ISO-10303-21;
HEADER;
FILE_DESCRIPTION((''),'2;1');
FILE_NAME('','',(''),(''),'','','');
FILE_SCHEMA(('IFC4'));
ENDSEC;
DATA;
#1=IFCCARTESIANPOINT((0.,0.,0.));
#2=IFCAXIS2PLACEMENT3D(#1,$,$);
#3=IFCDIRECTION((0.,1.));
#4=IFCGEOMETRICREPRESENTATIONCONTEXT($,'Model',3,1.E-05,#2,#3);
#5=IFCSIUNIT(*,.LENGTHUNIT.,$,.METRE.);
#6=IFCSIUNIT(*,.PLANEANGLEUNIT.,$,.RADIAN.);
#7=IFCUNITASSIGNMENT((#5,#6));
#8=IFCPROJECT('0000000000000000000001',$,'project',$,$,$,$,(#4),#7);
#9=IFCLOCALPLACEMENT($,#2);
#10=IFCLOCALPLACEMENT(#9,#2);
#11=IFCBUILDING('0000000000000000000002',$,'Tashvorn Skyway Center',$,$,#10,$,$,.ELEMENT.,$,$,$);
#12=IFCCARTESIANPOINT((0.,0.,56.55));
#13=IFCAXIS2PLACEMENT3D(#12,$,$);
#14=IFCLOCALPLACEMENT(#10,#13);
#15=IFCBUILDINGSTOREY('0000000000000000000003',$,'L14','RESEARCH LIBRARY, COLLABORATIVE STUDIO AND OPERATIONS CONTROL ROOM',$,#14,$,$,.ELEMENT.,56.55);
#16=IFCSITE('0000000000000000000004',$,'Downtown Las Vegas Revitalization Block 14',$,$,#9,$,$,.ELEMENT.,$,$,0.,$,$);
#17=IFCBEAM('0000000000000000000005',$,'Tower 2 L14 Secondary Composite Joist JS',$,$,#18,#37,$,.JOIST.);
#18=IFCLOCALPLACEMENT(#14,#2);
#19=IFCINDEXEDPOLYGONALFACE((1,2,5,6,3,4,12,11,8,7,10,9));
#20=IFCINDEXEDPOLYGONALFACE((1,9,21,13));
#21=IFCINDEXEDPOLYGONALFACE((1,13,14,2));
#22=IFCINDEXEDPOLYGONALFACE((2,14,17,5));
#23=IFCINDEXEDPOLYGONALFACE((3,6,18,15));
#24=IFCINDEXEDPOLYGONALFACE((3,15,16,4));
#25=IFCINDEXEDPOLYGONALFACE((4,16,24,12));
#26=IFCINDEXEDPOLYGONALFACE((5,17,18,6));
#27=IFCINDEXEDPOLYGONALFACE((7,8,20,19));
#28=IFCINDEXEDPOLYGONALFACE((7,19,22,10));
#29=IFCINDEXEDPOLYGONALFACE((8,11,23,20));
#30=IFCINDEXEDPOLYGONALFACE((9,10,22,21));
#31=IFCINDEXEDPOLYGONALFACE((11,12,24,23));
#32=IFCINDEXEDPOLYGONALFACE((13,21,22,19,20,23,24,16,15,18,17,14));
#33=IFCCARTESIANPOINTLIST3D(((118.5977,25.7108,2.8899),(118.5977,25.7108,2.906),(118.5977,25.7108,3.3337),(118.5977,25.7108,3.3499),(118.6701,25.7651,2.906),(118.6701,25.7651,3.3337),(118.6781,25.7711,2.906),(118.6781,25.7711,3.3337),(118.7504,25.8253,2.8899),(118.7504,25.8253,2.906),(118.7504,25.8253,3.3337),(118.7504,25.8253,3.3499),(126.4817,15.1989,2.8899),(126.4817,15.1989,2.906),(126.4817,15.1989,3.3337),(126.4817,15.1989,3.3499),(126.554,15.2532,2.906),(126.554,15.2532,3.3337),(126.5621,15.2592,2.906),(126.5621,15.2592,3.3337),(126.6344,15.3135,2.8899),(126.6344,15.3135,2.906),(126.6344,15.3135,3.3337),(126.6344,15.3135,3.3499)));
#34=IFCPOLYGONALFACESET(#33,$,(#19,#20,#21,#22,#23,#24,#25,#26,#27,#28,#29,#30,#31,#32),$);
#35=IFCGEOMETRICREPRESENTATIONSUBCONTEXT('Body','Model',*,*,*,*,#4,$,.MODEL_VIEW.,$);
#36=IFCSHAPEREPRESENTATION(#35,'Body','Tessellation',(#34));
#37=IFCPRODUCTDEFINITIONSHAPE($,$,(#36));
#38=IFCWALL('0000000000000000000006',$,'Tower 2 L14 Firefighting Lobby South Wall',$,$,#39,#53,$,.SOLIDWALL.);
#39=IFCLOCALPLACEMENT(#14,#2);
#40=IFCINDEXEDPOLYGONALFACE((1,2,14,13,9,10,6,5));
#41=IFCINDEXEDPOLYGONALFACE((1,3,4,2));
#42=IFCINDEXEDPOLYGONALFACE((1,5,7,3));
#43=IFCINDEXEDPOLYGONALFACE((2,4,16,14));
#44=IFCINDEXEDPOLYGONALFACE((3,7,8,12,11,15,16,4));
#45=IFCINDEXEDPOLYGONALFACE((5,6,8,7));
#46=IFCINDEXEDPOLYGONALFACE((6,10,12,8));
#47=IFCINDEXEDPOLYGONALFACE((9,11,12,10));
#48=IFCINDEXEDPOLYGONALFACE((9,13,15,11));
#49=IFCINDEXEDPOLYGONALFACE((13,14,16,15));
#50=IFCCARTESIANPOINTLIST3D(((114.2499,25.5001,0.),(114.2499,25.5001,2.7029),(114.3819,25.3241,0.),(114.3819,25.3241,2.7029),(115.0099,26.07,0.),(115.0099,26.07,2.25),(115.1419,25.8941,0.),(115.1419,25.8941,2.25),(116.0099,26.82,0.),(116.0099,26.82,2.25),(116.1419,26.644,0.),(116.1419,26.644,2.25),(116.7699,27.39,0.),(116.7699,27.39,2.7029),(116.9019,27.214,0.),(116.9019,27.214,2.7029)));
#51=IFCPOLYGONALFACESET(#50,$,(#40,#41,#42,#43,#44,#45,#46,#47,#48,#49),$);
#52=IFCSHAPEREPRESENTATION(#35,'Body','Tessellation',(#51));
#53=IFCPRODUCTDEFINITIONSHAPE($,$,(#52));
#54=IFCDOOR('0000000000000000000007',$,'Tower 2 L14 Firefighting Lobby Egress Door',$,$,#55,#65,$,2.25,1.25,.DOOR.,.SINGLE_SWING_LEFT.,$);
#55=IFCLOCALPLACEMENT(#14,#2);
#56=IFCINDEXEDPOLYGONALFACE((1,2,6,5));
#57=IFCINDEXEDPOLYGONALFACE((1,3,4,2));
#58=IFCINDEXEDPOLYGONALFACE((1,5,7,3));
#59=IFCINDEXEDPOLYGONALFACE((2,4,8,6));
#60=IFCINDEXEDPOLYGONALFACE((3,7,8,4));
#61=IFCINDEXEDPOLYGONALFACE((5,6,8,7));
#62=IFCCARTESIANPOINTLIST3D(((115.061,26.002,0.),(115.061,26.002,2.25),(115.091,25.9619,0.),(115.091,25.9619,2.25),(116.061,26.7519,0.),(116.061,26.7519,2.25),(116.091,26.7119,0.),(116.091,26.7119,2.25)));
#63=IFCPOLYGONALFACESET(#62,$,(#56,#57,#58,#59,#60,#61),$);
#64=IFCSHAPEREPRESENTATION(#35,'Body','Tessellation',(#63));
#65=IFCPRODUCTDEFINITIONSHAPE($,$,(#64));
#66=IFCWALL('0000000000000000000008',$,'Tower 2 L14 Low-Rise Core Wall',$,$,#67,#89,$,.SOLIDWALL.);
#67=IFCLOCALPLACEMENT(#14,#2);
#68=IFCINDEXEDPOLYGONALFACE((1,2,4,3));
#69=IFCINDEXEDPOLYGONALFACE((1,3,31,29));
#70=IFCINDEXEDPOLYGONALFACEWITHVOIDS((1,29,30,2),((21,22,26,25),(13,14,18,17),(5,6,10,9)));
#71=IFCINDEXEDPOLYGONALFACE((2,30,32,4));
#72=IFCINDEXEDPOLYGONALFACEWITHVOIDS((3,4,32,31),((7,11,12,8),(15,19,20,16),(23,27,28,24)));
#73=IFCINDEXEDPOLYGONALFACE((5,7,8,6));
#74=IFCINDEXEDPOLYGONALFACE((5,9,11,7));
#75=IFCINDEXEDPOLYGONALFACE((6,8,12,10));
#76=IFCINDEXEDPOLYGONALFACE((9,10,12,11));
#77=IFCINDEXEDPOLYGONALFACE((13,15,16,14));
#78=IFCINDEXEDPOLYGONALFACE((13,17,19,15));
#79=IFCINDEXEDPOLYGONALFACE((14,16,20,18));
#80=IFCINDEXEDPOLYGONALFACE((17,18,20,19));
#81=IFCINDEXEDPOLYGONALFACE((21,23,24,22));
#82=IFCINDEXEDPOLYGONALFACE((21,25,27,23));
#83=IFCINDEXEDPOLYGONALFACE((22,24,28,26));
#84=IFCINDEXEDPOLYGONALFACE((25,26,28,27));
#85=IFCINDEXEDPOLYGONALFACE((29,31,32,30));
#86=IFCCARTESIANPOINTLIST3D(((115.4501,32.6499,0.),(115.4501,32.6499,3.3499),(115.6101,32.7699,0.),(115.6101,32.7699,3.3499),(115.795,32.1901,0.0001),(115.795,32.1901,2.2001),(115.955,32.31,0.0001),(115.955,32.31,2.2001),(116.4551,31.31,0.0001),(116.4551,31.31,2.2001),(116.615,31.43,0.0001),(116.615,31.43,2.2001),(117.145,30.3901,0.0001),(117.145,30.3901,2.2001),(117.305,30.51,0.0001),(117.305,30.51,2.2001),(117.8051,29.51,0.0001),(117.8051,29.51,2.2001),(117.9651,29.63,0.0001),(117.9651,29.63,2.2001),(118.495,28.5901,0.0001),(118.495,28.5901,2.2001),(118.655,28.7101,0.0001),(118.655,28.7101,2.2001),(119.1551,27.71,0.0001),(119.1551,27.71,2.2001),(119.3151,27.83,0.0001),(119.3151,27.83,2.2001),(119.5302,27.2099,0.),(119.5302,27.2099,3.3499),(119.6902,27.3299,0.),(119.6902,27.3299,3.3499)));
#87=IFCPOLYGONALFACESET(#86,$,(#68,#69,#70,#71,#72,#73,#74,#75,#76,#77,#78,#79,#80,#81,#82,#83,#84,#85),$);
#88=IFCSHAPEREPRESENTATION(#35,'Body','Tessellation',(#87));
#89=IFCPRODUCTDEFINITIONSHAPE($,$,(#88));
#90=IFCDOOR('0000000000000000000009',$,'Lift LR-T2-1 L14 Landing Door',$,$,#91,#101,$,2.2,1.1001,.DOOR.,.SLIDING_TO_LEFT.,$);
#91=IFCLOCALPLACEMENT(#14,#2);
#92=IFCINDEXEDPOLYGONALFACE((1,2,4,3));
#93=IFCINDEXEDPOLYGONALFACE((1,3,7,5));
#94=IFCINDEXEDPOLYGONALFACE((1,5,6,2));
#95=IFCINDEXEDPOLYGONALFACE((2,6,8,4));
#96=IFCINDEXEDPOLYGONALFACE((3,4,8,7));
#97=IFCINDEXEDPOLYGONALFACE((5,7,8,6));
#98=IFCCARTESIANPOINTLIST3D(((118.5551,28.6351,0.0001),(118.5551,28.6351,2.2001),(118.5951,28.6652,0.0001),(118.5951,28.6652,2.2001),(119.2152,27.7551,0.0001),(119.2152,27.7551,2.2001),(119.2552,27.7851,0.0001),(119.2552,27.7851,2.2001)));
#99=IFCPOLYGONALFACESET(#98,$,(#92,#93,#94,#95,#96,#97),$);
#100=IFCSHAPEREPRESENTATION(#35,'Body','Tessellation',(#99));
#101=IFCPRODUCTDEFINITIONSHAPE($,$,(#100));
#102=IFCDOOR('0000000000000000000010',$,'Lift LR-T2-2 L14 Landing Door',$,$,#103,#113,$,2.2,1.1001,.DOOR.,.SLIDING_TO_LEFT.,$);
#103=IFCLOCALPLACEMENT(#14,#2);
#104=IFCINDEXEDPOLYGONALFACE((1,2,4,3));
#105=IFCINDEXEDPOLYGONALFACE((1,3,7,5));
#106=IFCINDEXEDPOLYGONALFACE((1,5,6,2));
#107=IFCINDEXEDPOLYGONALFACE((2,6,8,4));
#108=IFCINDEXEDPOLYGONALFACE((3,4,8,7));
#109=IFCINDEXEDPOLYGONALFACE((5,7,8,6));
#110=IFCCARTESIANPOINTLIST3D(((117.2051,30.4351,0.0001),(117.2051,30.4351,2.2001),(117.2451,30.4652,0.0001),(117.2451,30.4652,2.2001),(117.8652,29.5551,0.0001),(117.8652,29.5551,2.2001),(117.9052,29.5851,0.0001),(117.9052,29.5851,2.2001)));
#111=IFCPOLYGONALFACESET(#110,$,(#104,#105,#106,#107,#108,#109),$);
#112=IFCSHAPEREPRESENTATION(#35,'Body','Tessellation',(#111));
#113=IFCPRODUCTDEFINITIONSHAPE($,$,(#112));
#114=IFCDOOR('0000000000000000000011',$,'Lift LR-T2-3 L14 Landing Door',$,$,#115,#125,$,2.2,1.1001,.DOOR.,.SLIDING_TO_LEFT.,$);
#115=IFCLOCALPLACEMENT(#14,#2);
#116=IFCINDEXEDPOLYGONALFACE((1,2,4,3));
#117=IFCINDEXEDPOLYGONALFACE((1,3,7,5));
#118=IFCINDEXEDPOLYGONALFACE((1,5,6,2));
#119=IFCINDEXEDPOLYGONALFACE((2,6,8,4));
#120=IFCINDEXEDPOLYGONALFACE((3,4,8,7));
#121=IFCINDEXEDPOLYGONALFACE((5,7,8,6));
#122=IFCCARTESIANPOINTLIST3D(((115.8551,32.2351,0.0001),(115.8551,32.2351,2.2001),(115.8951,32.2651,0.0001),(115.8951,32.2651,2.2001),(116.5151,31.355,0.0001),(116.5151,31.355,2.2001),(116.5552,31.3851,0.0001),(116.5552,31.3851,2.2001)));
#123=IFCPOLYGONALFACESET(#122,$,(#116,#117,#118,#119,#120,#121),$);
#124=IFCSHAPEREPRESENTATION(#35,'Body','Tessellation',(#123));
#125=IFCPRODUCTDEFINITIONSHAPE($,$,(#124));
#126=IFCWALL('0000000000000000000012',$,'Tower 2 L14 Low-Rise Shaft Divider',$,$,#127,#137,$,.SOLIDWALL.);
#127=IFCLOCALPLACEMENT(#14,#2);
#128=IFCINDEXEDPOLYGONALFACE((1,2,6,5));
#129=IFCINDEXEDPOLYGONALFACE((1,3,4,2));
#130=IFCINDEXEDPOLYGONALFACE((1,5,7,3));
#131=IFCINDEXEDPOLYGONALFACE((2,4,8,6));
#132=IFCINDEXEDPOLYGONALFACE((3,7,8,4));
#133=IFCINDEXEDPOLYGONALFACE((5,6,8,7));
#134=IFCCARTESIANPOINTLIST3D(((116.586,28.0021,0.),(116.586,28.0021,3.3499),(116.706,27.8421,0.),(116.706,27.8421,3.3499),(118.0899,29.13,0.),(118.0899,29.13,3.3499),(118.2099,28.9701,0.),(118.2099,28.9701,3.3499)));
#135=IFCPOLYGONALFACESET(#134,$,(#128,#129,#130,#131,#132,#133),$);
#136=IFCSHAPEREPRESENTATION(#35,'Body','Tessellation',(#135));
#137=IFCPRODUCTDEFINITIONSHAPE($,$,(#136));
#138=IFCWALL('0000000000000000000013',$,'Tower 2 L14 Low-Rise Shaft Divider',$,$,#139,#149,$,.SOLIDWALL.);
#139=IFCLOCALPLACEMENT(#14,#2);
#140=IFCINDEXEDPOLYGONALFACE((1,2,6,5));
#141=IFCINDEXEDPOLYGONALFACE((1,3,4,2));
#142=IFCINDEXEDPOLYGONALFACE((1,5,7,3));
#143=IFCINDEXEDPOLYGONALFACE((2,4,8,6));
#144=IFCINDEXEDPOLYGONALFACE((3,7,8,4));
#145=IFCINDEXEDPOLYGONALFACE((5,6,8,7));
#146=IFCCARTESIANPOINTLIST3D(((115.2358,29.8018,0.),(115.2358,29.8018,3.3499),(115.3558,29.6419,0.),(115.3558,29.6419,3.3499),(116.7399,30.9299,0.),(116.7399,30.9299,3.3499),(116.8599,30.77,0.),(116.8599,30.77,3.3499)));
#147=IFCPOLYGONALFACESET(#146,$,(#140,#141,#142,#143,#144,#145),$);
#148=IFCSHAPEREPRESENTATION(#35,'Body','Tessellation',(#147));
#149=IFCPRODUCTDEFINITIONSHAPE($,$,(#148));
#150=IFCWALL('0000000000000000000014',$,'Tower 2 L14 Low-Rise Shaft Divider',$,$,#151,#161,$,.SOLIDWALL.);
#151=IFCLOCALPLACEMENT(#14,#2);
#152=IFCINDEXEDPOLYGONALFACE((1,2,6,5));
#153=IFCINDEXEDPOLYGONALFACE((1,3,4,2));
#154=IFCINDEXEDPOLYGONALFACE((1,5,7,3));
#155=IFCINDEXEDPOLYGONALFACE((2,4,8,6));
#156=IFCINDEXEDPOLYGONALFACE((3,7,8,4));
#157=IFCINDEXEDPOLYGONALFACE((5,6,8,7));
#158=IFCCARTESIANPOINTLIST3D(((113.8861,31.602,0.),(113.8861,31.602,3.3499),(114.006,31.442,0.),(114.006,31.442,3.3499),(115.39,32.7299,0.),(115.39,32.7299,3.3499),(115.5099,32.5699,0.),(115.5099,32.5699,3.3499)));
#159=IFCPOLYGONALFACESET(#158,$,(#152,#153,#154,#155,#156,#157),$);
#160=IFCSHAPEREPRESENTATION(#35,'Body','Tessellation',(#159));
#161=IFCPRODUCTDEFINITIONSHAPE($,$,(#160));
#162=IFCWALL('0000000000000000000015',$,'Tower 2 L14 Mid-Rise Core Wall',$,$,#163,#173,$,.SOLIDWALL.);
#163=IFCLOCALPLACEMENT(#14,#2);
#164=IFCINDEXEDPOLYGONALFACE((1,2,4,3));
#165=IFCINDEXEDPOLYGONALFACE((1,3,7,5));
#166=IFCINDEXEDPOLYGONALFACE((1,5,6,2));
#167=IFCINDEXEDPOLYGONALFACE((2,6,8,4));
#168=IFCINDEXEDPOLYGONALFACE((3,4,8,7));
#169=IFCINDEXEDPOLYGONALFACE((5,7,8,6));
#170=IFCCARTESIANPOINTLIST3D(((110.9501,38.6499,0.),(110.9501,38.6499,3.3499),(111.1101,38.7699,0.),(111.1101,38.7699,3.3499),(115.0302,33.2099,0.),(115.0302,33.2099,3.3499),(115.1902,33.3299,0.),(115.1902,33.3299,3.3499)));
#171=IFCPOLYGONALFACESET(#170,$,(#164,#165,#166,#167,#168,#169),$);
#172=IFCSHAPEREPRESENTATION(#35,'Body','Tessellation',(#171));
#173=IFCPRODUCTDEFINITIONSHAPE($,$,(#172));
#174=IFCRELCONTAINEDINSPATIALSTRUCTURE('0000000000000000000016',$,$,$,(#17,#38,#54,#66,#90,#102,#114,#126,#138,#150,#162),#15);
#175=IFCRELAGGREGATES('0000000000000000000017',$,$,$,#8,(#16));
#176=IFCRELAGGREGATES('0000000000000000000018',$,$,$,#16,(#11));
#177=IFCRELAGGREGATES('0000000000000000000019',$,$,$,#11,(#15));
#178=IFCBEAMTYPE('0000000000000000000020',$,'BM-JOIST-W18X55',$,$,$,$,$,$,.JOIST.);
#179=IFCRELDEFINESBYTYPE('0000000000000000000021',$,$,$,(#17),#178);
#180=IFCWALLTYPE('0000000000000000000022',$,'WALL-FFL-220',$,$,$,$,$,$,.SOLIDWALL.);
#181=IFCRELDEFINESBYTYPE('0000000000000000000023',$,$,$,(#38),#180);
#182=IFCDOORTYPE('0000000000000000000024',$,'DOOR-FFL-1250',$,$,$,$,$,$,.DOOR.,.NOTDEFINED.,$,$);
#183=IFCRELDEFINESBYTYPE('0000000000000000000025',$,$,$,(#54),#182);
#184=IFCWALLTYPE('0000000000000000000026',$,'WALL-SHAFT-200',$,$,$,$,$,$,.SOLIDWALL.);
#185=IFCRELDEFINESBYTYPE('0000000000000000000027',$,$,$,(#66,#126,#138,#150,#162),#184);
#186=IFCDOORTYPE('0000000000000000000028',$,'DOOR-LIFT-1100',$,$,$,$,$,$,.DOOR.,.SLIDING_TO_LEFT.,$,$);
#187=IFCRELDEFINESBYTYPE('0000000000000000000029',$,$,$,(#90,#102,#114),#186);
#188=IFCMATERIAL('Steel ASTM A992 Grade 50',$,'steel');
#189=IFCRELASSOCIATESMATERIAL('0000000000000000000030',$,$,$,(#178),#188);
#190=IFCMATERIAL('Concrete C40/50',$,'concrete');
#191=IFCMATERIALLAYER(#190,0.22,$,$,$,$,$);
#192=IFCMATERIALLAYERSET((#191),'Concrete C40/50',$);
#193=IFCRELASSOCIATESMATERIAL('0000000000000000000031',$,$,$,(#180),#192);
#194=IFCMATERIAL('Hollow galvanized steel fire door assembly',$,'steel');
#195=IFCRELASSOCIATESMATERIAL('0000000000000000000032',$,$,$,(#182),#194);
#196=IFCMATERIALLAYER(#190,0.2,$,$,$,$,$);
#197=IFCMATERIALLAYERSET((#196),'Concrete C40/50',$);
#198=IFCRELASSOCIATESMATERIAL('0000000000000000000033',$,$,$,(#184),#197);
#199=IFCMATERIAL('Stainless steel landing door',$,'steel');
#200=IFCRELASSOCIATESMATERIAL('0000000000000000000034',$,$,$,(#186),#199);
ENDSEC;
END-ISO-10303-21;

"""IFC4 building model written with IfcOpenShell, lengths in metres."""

from ifc_helpers import new_model, si_unit, direction, frame, frame_2d, origin, origin_2d, place, context, subcontext, project, spatial, rectangle, i_section, extrude, material, layer, layer_set, material_profile, profile_set, type_object, element, fill, save


model = new_model("IFC4")

# Units and contexts
model_context = context("Model", 3, precision=1e-05, world=origin(), true_north=direction((0.0, 1.0)))
body_context = subcontext(model_context, "Body", "Model", "MODEL_VIEW")
ifc_project = project(units=[si_unit("LENGTHUNIT", "METRE"), si_unit("PLANEANGLEUNIT", "RADIAN")], contexts=[model_context])

# Site, building, storey
site_placement = place(None, origin())
site = spatial("IfcSite", under=ifc_project, at=site_placement, Name="Downtown Las Vegas Revitalization Block 14", CompositionType="ELEMENT", RefElevation=0.0)
building_placement = place(site_placement, origin())
building = spatial("IfcBuilding", under=site, at=building_placement, Name="Tashvorn Skyway Center", CompositionType="ELEMENT")
storey_placement = place(building_placement, frame((0.0, 0.0, 56.55)))
storey = spatial("IfcBuildingStorey", under=building, at=storey_placement, Name="L14", Description="RESEARCH LIBRARY, COLLABORATIVE STUDIO AND OPERATIONS CONTROL ROOM", CompositionType="ELEMENT", Elevation=56.55)

# Beam
ifc_material_1 = material(Name="Steel ASTM A992 Grade 50", Category="steel")
ifc_material_profile = material_profile(ifc_material_1, i_section(OverallWidth=0.1909, OverallDepth=0.46, WebThickness=0.01, FlangeThickness=0.0161, at=origin_2d()), Name="W18X55")
ifc_profile_set = profile_set([ifc_material_profile], Name="Steel ASTM A992 Grade 50")
beam_type = type_object("IfcBeamType", Name="BM-JOIST-W18X55", PredefinedType="JOIST", material=ifc_profile_set)
beam_placement = place(storey_placement, frame((118.6741, 25.7681, 3.1199), z_axis=(0.600003, -0.799998, 0.0), x_axis=(0.799998, 0.600003, 0.0)))
element("IfcBeam", 1, at=beam_placement, inside=storey, type_object=beam_type, Name="Tower 2 L14 Secondary Composite Joist JS", PredefinedType="JOIST", context=body_context, shape_type="SweptSolid", body=[
    extrude(i_section(OverallWidth=0.1909, OverallDepth=0.46, WebThickness=0.01, FlangeThickness=0.0161, at=origin_2d()), origin(), (0.0, 0.0, 1.0), 13.1399),
])

# Wall, opening, door
ifc_material_2 = material(Name="Concrete C40/50", Category="concrete")
ifc_layer_1 = layer(ifc_material_2, 0.22)
ifc_layer_set_1 = layer_set([ifc_layer_1], Name="Concrete C40/50")
wall_type_1 = type_object("IfcWallType", Name="WALL-FFL-220", PredefinedType="SOLIDWALL", material=ifc_layer_set_1)
wall_1_placement = place(storey_placement, frame((114.3159, 25.4121, 0.0), z_axis=(0.0, 0.0, 1.0), x_axis=(0.800019, 0.599975, 0.0)))
wall_1 = element("IfcWall", 2, at=wall_1_placement, inside=storey, type_object=wall_type_1, Name="Tower 2 L14 Firefighting Lobby South Wall", PredefinedType="SOLIDWALL", context=body_context, shape_type="SweptSolid", body=[
    extrude(rectangle(XDim=3.1499, YDim=0.22, at=frame_2d((1.575, 0.0))), origin(), (0.0, 0.0, 1.0), 2.7029),
])
opening_1_placement = place(wall_1_placement, frame((0.95, 0.0, 0.0)))
opening_1 = element("IfcOpeningElement", 3, at=opening_1_placement, cuts=wall_1, PredefinedType="OPENING", context=body_context, shape_type="SweptSolid", body=[
    extrude(rectangle(XDim=1.25, YDim=2.25, at=frame_2d((0.625, 1.125))), frame((0.0, 0.1199, 0.0), z_axis=(0.0, -1.0, 0.0), x_axis=(1.0, 0.0, 0.0)), (0.0, 0.0, 1.0), 0.24),
])
ifc_material_3 = material(Name="Hollow galvanized steel fire door assembly", Category="steel")
door_type_1 = type_object("IfcDoorType", Name="DOOR-FFL-1250", OperationType="NOTDEFINED", PredefinedType="DOOR", material=ifc_material_3)
door_1_placement = place(opening_1_placement, origin())
door_1 = element("IfcDoor", 4, at=door_1_placement, inside=storey, type_object=door_type_1, Name="Tower 2 L14 Firefighting Lobby Egress Door", OperationType="SINGLE_SWING_LEFT", OverallHeight=2.25, OverallWidth=1.25, PredefinedType="DOOR", context=body_context, shape_type="SweptSolid", body=[
    extrude(rectangle(XDim=1.25, YDim=2.25, at=frame_2d((0.625, 1.125))), frame((0.0, 0.0249, 0.0), z_axis=(0.0, -1.0, 0.0), x_axis=(1.0, 0.0, 0.0)), (0.0, 0.0, 1.0), 0.05),
])
fill(opening_1, door_1)

# Wall, openings, doors
ifc_layer_2 = layer(ifc_material_2, 0.2)
ifc_layer_set_2 = layer_set([ifc_layer_2], Name="Concrete C40/50")
wall_type_2 = type_object("IfcWallType", Name="WALL-SHAFT-200", PredefinedType="SOLIDWALL", material=ifc_layer_set_2)
wall_2_placement = place(storey_placement, frame((119.6101, 27.27, 0.0), z_axis=(0.0, 0.0, 1.0), x_axis=(-0.600011, 0.799991, 0.0)))
wall_2 = element("IfcWall", 5, at=wall_2_placement, inside=storey, type_object=wall_type_2, Name="Tower 2 L14 Low-Rise Core Wall", PredefinedType="SOLIDWALL", context=body_context, shape_type="SweptSolid", body=[
    extrude(rectangle(XDim=6.8, YDim=0.2, at=frame_2d((3.3999, 0.0))), origin(), (0.0, 0.0, 1.0), 3.3499),
])
opening_2_placement = place(wall_2_placement, frame((0.625, 0.0, 0.0)))
opening_2 = element("IfcOpeningElement", 6, at=opening_2_placement, cuts=wall_2, PredefinedType="OPENING", context=body_context, shape_type="SweptSolid", body=[
    extrude(rectangle(XDim=1.1001, YDim=2.2, at=frame_2d((0.55, 1.1001))), frame((0.0, 0.1099, 0.0), z_axis=(0.0, -1.0, 0.0), x_axis=(1.0, 0.0, 0.0)), (0.0, 0.0, 1.0), 0.22),
])
opening_3_placement = place(wall_2_placement, frame((2.875, 0.0, 0.0)))
opening_3 = element("IfcOpeningElement", 7, at=opening_3_placement, cuts=wall_2, PredefinedType="OPENING", context=body_context, shape_type="SweptSolid", body=[
    extrude(rectangle(XDim=1.1001, YDim=2.2, at=frame_2d((0.55, 1.1001))), frame((0.0, 0.1099, 0.0), z_axis=(0.0, -1.0, 0.0), x_axis=(1.0, 0.0, 0.0)), (0.0, 0.0, 1.0), 0.22),
])
opening_4_placement = place(wall_2_placement, frame((5.125, 0.0, 0.0)))
opening_4 = element("IfcOpeningElement", 8, at=opening_4_placement, cuts=wall_2, PredefinedType="OPENING", context=body_context, shape_type="SweptSolid", body=[
    extrude(rectangle(XDim=1.1001, YDim=2.2, at=frame_2d((0.55, 1.1001))), frame((0.0, 0.1099, 0.0), z_axis=(0.0, -1.0, 0.0), x_axis=(1.0, 0.0, 0.0)), (0.0, 0.0, 1.0), 0.22),
])
ifc_material_4 = material(Name="Stainless steel landing door", Category="steel")
door_type_2 = type_object("IfcDoorType", Name="DOOR-LIFT-1100", OperationType="SLIDING_TO_LEFT", PredefinedType="DOOR", material=ifc_material_4)
door_2_placement = place(opening_2_placement, origin())
door_2 = element("IfcDoor", 9, at=door_2_placement, inside=storey, type_object=door_type_2, Name="Lift LR-T2-1 L14 Landing Door", OperationType="SLIDING_TO_LEFT", OverallHeight=2.2, OverallWidth=1.1001, PredefinedType="DOOR", context=body_context, shape_type="SweptSolid", body=[
    extrude(rectangle(XDim=1.1001, YDim=2.2, at=frame_2d((0.55, 1.1001))), frame((0.0, 0.0249, 0.0), z_axis=(0.0, -1.0, 0.0), x_axis=(1.0, 0.0, 0.0)), (0.0, 0.0, 1.0), 0.05),
])
fill(opening_2, door_2)
door_3_placement = place(opening_3_placement, origin())
door_3 = element("IfcDoor", 10, at=door_3_placement, inside=storey, type_object=door_type_2, Name="Lift LR-T2-2 L14 Landing Door", OperationType="SLIDING_TO_LEFT", OverallHeight=2.2, OverallWidth=1.1001, PredefinedType="DOOR", context=body_context, shape_type="SweptSolid", body=[
    extrude(rectangle(XDim=1.1001, YDim=2.2, at=frame_2d((0.55, 1.1001))), frame((0.0, 0.0249, 0.0), z_axis=(0.0, -1.0, 0.0), x_axis=(1.0, 0.0, 0.0)), (0.0, 0.0, 1.0), 0.05),
])
fill(opening_3, door_3)
door_4_placement = place(opening_4_placement, origin())
door_4 = element("IfcDoor", 11, at=door_4_placement, inside=storey, type_object=door_type_2, Name="Lift LR-T2-3 L14 Landing Door", OperationType="SLIDING_TO_LEFT", OverallHeight=2.2, OverallWidth=1.1001, PredefinedType="DOOR", context=body_context, shape_type="SweptSolid", body=[
    extrude(rectangle(XDim=1.1001, YDim=2.2, at=frame_2d((0.55, 1.1001))), frame((0.0, 0.0249, 0.0), z_axis=(0.0, -1.0, 0.0), x_axis=(1.0, 0.0, 0.0)), (0.0, 0.0, 1.0), 0.05),
])
fill(opening_4, door_4)

# Walls
wall_3_placement = place(storey_placement, frame((116.646, 27.9221, 0.0), z_axis=(0.0, 0.0, 1.0), x_axis=(0.8, 0.6, 0.0)))
element("IfcWall", 12, at=wall_3_placement, inside=storey, type_object=wall_type_2, Name="Tower 2 L14 Low-Rise Shaft Divider", PredefinedType="SOLIDWALL", context=body_context, shape_type="SweptSolid", body=[
    extrude(rectangle(XDim=1.8799, YDim=0.2, at=frame_2d((0.9399, 0.0))), origin(), (0.0, 0.0, 1.0), 3.3499),
])
wall_4_placement = place(storey_placement, frame((115.2959, 29.7219, 0.0), z_axis=(0.0, 0.0, 1.0), x_axis=(0.799984, 0.600021, 0.0)))
element("IfcWall", 13, at=wall_4_placement, inside=storey, type_object=wall_type_2, Name="Tower 2 L14 Low-Rise Shaft Divider", PredefinedType="SOLIDWALL", context=body_context, shape_type="SweptSolid", body=[
    extrude(rectangle(XDim=1.8801, YDim=0.2, at=frame_2d((0.9399, 0.0))), origin(), (0.0, 0.0, 1.0), 3.3499),
])
wall_5_placement = place(storey_placement, frame((113.946, 31.522, 0.0), z_axis=(0.0, 0.0, 1.0), x_axis=(0.8, 0.6, 0.0)))
element("IfcWall", 14, at=wall_5_placement, inside=storey, type_object=wall_type_2, Name="Tower 2 L14 Low-Rise Shaft Divider", PredefinedType="SOLIDWALL", context=body_context, shape_type="SweptSolid", body=[
    extrude(rectangle(XDim=1.8799, YDim=0.2, at=frame_2d((0.9399, 0.0))), origin(), (0.0, 0.0, 1.0), 3.3499),
])
wall_6_placement = place(storey_placement, frame((115.1101, 33.27, 0.0), z_axis=(0.0, 0.0, 1.0), x_axis=(-0.600011, 0.799991, 0.0)))
element("IfcWall", 15, at=wall_6_placement, inside=storey, type_object=wall_type_2, Name="Tower 2 L14 Mid-Rise Core Wall", PredefinedType="SOLIDWALL", context=body_context, shape_type="SweptSolid", body=[
    extrude(rectangle(XDim=6.8, YDim=0.2, at=frame_2d((3.3999, 0.0))), origin(), (0.0, 0.0, 1.0), 3.3499),
])

save(model, "model.ifc")
